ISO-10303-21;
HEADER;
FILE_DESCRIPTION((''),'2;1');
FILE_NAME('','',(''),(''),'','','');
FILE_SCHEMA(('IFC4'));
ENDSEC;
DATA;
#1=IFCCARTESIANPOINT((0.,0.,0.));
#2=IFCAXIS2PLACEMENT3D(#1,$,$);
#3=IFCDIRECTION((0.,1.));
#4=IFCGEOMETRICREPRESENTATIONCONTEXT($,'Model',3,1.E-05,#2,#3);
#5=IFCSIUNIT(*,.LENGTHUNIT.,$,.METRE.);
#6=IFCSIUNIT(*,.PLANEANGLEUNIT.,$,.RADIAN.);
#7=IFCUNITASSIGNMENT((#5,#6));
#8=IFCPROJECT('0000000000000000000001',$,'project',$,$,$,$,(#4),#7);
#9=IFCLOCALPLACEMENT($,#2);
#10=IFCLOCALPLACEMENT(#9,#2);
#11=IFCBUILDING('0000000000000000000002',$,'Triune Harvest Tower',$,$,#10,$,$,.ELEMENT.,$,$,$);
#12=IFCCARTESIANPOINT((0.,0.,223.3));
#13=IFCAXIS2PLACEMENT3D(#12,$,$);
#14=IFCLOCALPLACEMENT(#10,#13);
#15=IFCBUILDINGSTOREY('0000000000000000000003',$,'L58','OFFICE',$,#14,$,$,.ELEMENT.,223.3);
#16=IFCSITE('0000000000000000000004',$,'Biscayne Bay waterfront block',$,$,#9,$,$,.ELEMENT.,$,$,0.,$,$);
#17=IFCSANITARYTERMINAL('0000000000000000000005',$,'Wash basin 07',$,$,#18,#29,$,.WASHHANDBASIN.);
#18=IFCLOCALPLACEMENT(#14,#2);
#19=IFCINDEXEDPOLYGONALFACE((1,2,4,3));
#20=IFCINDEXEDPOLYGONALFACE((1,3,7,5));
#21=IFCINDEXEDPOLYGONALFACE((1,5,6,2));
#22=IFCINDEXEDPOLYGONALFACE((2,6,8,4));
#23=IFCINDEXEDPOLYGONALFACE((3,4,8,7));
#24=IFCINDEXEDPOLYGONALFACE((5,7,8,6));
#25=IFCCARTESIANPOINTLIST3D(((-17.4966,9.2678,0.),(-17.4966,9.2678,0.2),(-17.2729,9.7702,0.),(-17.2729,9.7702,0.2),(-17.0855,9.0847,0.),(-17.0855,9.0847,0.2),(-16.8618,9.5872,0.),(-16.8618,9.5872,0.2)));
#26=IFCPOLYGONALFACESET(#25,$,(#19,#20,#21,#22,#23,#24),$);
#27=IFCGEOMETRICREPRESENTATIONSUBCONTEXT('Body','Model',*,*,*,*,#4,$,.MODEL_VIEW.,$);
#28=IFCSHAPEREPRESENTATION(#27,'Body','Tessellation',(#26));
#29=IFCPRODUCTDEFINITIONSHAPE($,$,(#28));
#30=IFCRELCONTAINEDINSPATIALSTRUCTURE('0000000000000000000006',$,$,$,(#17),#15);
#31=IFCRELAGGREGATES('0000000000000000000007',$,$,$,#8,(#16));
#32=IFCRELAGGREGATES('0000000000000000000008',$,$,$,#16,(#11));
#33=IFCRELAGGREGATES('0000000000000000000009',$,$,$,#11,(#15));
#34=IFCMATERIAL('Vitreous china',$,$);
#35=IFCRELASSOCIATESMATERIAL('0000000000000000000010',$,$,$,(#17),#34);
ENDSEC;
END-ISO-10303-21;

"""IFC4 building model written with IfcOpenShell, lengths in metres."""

from ifc_helpers import new_model, si_unit, direction, frame, origin, origin_2d, place, context, subcontext, project, spatial, rectangle, extrude, source, transform, mapped, material, element, save


model = new_model("IFC4")

# Units and contexts
model_context = context("Model", 3, precision=1e-05, world=origin(), true_north=direction((0.0, 1.0)))
body_context = subcontext(model_context, "Body", "Model", "MODEL_VIEW")
ifc_project = project(units=[si_unit("LENGTHUNIT", "METRE"), si_unit("PLANEANGLEUNIT", "RADIAN")], contexts=[model_context])

# Site, building, storey
site_placement = place(None, origin())
site = spatial("IfcSite", under=ifc_project, at=site_placement, Name="Biscayne Bay waterfront block", CompositionType="ELEMENT", RefElevation=0.0)
building_placement = place(site_placement, origin())
building = spatial("IfcBuilding", under=site, at=building_placement, Name="Triune Harvest Tower", CompositionType="ELEMENT")
storey_placement = place(building_placement, frame((0.0, 0.0, 223.3)))
storey = spatial("IfcBuildingStorey", under=building, at=storey_placement, Name="L58", Description="OFFICE", CompositionType="ELEMENT", Elevation=223.3)

# Sanitary terminal
ifc_material_1 = material(Name="Vitreous china")
shared_shape_1 = source(origin(), body_context, "Body", "SweptSolid", [
    extrude(rectangle(XDim=0.55, YDim=0.45, at=origin_2d()), origin(), (0.0, 0.0, 1.0), 0.2),
])
sanitary_terminal_1_placement = place(storey_placement, frame((-17.1792, 9.4275, 0.0), z_axis=(0.0, 0.0, 1.0), x_axis=(0.406753, 0.913538, 0.0)))
element("IfcSanitaryTerminal", 1, at=sanitary_terminal_1_placement, inside=storey, material=ifc_material_1, Name="Wash basin 07", PredefinedType="WASHHANDBASIN", context=body_context, shape_type="MappedRepresentation", body=[
    mapped(shared_shape_1, transform((0.0, 0.0, 0.0), scale=1.0)),
])

save(model, "model.ifc")
